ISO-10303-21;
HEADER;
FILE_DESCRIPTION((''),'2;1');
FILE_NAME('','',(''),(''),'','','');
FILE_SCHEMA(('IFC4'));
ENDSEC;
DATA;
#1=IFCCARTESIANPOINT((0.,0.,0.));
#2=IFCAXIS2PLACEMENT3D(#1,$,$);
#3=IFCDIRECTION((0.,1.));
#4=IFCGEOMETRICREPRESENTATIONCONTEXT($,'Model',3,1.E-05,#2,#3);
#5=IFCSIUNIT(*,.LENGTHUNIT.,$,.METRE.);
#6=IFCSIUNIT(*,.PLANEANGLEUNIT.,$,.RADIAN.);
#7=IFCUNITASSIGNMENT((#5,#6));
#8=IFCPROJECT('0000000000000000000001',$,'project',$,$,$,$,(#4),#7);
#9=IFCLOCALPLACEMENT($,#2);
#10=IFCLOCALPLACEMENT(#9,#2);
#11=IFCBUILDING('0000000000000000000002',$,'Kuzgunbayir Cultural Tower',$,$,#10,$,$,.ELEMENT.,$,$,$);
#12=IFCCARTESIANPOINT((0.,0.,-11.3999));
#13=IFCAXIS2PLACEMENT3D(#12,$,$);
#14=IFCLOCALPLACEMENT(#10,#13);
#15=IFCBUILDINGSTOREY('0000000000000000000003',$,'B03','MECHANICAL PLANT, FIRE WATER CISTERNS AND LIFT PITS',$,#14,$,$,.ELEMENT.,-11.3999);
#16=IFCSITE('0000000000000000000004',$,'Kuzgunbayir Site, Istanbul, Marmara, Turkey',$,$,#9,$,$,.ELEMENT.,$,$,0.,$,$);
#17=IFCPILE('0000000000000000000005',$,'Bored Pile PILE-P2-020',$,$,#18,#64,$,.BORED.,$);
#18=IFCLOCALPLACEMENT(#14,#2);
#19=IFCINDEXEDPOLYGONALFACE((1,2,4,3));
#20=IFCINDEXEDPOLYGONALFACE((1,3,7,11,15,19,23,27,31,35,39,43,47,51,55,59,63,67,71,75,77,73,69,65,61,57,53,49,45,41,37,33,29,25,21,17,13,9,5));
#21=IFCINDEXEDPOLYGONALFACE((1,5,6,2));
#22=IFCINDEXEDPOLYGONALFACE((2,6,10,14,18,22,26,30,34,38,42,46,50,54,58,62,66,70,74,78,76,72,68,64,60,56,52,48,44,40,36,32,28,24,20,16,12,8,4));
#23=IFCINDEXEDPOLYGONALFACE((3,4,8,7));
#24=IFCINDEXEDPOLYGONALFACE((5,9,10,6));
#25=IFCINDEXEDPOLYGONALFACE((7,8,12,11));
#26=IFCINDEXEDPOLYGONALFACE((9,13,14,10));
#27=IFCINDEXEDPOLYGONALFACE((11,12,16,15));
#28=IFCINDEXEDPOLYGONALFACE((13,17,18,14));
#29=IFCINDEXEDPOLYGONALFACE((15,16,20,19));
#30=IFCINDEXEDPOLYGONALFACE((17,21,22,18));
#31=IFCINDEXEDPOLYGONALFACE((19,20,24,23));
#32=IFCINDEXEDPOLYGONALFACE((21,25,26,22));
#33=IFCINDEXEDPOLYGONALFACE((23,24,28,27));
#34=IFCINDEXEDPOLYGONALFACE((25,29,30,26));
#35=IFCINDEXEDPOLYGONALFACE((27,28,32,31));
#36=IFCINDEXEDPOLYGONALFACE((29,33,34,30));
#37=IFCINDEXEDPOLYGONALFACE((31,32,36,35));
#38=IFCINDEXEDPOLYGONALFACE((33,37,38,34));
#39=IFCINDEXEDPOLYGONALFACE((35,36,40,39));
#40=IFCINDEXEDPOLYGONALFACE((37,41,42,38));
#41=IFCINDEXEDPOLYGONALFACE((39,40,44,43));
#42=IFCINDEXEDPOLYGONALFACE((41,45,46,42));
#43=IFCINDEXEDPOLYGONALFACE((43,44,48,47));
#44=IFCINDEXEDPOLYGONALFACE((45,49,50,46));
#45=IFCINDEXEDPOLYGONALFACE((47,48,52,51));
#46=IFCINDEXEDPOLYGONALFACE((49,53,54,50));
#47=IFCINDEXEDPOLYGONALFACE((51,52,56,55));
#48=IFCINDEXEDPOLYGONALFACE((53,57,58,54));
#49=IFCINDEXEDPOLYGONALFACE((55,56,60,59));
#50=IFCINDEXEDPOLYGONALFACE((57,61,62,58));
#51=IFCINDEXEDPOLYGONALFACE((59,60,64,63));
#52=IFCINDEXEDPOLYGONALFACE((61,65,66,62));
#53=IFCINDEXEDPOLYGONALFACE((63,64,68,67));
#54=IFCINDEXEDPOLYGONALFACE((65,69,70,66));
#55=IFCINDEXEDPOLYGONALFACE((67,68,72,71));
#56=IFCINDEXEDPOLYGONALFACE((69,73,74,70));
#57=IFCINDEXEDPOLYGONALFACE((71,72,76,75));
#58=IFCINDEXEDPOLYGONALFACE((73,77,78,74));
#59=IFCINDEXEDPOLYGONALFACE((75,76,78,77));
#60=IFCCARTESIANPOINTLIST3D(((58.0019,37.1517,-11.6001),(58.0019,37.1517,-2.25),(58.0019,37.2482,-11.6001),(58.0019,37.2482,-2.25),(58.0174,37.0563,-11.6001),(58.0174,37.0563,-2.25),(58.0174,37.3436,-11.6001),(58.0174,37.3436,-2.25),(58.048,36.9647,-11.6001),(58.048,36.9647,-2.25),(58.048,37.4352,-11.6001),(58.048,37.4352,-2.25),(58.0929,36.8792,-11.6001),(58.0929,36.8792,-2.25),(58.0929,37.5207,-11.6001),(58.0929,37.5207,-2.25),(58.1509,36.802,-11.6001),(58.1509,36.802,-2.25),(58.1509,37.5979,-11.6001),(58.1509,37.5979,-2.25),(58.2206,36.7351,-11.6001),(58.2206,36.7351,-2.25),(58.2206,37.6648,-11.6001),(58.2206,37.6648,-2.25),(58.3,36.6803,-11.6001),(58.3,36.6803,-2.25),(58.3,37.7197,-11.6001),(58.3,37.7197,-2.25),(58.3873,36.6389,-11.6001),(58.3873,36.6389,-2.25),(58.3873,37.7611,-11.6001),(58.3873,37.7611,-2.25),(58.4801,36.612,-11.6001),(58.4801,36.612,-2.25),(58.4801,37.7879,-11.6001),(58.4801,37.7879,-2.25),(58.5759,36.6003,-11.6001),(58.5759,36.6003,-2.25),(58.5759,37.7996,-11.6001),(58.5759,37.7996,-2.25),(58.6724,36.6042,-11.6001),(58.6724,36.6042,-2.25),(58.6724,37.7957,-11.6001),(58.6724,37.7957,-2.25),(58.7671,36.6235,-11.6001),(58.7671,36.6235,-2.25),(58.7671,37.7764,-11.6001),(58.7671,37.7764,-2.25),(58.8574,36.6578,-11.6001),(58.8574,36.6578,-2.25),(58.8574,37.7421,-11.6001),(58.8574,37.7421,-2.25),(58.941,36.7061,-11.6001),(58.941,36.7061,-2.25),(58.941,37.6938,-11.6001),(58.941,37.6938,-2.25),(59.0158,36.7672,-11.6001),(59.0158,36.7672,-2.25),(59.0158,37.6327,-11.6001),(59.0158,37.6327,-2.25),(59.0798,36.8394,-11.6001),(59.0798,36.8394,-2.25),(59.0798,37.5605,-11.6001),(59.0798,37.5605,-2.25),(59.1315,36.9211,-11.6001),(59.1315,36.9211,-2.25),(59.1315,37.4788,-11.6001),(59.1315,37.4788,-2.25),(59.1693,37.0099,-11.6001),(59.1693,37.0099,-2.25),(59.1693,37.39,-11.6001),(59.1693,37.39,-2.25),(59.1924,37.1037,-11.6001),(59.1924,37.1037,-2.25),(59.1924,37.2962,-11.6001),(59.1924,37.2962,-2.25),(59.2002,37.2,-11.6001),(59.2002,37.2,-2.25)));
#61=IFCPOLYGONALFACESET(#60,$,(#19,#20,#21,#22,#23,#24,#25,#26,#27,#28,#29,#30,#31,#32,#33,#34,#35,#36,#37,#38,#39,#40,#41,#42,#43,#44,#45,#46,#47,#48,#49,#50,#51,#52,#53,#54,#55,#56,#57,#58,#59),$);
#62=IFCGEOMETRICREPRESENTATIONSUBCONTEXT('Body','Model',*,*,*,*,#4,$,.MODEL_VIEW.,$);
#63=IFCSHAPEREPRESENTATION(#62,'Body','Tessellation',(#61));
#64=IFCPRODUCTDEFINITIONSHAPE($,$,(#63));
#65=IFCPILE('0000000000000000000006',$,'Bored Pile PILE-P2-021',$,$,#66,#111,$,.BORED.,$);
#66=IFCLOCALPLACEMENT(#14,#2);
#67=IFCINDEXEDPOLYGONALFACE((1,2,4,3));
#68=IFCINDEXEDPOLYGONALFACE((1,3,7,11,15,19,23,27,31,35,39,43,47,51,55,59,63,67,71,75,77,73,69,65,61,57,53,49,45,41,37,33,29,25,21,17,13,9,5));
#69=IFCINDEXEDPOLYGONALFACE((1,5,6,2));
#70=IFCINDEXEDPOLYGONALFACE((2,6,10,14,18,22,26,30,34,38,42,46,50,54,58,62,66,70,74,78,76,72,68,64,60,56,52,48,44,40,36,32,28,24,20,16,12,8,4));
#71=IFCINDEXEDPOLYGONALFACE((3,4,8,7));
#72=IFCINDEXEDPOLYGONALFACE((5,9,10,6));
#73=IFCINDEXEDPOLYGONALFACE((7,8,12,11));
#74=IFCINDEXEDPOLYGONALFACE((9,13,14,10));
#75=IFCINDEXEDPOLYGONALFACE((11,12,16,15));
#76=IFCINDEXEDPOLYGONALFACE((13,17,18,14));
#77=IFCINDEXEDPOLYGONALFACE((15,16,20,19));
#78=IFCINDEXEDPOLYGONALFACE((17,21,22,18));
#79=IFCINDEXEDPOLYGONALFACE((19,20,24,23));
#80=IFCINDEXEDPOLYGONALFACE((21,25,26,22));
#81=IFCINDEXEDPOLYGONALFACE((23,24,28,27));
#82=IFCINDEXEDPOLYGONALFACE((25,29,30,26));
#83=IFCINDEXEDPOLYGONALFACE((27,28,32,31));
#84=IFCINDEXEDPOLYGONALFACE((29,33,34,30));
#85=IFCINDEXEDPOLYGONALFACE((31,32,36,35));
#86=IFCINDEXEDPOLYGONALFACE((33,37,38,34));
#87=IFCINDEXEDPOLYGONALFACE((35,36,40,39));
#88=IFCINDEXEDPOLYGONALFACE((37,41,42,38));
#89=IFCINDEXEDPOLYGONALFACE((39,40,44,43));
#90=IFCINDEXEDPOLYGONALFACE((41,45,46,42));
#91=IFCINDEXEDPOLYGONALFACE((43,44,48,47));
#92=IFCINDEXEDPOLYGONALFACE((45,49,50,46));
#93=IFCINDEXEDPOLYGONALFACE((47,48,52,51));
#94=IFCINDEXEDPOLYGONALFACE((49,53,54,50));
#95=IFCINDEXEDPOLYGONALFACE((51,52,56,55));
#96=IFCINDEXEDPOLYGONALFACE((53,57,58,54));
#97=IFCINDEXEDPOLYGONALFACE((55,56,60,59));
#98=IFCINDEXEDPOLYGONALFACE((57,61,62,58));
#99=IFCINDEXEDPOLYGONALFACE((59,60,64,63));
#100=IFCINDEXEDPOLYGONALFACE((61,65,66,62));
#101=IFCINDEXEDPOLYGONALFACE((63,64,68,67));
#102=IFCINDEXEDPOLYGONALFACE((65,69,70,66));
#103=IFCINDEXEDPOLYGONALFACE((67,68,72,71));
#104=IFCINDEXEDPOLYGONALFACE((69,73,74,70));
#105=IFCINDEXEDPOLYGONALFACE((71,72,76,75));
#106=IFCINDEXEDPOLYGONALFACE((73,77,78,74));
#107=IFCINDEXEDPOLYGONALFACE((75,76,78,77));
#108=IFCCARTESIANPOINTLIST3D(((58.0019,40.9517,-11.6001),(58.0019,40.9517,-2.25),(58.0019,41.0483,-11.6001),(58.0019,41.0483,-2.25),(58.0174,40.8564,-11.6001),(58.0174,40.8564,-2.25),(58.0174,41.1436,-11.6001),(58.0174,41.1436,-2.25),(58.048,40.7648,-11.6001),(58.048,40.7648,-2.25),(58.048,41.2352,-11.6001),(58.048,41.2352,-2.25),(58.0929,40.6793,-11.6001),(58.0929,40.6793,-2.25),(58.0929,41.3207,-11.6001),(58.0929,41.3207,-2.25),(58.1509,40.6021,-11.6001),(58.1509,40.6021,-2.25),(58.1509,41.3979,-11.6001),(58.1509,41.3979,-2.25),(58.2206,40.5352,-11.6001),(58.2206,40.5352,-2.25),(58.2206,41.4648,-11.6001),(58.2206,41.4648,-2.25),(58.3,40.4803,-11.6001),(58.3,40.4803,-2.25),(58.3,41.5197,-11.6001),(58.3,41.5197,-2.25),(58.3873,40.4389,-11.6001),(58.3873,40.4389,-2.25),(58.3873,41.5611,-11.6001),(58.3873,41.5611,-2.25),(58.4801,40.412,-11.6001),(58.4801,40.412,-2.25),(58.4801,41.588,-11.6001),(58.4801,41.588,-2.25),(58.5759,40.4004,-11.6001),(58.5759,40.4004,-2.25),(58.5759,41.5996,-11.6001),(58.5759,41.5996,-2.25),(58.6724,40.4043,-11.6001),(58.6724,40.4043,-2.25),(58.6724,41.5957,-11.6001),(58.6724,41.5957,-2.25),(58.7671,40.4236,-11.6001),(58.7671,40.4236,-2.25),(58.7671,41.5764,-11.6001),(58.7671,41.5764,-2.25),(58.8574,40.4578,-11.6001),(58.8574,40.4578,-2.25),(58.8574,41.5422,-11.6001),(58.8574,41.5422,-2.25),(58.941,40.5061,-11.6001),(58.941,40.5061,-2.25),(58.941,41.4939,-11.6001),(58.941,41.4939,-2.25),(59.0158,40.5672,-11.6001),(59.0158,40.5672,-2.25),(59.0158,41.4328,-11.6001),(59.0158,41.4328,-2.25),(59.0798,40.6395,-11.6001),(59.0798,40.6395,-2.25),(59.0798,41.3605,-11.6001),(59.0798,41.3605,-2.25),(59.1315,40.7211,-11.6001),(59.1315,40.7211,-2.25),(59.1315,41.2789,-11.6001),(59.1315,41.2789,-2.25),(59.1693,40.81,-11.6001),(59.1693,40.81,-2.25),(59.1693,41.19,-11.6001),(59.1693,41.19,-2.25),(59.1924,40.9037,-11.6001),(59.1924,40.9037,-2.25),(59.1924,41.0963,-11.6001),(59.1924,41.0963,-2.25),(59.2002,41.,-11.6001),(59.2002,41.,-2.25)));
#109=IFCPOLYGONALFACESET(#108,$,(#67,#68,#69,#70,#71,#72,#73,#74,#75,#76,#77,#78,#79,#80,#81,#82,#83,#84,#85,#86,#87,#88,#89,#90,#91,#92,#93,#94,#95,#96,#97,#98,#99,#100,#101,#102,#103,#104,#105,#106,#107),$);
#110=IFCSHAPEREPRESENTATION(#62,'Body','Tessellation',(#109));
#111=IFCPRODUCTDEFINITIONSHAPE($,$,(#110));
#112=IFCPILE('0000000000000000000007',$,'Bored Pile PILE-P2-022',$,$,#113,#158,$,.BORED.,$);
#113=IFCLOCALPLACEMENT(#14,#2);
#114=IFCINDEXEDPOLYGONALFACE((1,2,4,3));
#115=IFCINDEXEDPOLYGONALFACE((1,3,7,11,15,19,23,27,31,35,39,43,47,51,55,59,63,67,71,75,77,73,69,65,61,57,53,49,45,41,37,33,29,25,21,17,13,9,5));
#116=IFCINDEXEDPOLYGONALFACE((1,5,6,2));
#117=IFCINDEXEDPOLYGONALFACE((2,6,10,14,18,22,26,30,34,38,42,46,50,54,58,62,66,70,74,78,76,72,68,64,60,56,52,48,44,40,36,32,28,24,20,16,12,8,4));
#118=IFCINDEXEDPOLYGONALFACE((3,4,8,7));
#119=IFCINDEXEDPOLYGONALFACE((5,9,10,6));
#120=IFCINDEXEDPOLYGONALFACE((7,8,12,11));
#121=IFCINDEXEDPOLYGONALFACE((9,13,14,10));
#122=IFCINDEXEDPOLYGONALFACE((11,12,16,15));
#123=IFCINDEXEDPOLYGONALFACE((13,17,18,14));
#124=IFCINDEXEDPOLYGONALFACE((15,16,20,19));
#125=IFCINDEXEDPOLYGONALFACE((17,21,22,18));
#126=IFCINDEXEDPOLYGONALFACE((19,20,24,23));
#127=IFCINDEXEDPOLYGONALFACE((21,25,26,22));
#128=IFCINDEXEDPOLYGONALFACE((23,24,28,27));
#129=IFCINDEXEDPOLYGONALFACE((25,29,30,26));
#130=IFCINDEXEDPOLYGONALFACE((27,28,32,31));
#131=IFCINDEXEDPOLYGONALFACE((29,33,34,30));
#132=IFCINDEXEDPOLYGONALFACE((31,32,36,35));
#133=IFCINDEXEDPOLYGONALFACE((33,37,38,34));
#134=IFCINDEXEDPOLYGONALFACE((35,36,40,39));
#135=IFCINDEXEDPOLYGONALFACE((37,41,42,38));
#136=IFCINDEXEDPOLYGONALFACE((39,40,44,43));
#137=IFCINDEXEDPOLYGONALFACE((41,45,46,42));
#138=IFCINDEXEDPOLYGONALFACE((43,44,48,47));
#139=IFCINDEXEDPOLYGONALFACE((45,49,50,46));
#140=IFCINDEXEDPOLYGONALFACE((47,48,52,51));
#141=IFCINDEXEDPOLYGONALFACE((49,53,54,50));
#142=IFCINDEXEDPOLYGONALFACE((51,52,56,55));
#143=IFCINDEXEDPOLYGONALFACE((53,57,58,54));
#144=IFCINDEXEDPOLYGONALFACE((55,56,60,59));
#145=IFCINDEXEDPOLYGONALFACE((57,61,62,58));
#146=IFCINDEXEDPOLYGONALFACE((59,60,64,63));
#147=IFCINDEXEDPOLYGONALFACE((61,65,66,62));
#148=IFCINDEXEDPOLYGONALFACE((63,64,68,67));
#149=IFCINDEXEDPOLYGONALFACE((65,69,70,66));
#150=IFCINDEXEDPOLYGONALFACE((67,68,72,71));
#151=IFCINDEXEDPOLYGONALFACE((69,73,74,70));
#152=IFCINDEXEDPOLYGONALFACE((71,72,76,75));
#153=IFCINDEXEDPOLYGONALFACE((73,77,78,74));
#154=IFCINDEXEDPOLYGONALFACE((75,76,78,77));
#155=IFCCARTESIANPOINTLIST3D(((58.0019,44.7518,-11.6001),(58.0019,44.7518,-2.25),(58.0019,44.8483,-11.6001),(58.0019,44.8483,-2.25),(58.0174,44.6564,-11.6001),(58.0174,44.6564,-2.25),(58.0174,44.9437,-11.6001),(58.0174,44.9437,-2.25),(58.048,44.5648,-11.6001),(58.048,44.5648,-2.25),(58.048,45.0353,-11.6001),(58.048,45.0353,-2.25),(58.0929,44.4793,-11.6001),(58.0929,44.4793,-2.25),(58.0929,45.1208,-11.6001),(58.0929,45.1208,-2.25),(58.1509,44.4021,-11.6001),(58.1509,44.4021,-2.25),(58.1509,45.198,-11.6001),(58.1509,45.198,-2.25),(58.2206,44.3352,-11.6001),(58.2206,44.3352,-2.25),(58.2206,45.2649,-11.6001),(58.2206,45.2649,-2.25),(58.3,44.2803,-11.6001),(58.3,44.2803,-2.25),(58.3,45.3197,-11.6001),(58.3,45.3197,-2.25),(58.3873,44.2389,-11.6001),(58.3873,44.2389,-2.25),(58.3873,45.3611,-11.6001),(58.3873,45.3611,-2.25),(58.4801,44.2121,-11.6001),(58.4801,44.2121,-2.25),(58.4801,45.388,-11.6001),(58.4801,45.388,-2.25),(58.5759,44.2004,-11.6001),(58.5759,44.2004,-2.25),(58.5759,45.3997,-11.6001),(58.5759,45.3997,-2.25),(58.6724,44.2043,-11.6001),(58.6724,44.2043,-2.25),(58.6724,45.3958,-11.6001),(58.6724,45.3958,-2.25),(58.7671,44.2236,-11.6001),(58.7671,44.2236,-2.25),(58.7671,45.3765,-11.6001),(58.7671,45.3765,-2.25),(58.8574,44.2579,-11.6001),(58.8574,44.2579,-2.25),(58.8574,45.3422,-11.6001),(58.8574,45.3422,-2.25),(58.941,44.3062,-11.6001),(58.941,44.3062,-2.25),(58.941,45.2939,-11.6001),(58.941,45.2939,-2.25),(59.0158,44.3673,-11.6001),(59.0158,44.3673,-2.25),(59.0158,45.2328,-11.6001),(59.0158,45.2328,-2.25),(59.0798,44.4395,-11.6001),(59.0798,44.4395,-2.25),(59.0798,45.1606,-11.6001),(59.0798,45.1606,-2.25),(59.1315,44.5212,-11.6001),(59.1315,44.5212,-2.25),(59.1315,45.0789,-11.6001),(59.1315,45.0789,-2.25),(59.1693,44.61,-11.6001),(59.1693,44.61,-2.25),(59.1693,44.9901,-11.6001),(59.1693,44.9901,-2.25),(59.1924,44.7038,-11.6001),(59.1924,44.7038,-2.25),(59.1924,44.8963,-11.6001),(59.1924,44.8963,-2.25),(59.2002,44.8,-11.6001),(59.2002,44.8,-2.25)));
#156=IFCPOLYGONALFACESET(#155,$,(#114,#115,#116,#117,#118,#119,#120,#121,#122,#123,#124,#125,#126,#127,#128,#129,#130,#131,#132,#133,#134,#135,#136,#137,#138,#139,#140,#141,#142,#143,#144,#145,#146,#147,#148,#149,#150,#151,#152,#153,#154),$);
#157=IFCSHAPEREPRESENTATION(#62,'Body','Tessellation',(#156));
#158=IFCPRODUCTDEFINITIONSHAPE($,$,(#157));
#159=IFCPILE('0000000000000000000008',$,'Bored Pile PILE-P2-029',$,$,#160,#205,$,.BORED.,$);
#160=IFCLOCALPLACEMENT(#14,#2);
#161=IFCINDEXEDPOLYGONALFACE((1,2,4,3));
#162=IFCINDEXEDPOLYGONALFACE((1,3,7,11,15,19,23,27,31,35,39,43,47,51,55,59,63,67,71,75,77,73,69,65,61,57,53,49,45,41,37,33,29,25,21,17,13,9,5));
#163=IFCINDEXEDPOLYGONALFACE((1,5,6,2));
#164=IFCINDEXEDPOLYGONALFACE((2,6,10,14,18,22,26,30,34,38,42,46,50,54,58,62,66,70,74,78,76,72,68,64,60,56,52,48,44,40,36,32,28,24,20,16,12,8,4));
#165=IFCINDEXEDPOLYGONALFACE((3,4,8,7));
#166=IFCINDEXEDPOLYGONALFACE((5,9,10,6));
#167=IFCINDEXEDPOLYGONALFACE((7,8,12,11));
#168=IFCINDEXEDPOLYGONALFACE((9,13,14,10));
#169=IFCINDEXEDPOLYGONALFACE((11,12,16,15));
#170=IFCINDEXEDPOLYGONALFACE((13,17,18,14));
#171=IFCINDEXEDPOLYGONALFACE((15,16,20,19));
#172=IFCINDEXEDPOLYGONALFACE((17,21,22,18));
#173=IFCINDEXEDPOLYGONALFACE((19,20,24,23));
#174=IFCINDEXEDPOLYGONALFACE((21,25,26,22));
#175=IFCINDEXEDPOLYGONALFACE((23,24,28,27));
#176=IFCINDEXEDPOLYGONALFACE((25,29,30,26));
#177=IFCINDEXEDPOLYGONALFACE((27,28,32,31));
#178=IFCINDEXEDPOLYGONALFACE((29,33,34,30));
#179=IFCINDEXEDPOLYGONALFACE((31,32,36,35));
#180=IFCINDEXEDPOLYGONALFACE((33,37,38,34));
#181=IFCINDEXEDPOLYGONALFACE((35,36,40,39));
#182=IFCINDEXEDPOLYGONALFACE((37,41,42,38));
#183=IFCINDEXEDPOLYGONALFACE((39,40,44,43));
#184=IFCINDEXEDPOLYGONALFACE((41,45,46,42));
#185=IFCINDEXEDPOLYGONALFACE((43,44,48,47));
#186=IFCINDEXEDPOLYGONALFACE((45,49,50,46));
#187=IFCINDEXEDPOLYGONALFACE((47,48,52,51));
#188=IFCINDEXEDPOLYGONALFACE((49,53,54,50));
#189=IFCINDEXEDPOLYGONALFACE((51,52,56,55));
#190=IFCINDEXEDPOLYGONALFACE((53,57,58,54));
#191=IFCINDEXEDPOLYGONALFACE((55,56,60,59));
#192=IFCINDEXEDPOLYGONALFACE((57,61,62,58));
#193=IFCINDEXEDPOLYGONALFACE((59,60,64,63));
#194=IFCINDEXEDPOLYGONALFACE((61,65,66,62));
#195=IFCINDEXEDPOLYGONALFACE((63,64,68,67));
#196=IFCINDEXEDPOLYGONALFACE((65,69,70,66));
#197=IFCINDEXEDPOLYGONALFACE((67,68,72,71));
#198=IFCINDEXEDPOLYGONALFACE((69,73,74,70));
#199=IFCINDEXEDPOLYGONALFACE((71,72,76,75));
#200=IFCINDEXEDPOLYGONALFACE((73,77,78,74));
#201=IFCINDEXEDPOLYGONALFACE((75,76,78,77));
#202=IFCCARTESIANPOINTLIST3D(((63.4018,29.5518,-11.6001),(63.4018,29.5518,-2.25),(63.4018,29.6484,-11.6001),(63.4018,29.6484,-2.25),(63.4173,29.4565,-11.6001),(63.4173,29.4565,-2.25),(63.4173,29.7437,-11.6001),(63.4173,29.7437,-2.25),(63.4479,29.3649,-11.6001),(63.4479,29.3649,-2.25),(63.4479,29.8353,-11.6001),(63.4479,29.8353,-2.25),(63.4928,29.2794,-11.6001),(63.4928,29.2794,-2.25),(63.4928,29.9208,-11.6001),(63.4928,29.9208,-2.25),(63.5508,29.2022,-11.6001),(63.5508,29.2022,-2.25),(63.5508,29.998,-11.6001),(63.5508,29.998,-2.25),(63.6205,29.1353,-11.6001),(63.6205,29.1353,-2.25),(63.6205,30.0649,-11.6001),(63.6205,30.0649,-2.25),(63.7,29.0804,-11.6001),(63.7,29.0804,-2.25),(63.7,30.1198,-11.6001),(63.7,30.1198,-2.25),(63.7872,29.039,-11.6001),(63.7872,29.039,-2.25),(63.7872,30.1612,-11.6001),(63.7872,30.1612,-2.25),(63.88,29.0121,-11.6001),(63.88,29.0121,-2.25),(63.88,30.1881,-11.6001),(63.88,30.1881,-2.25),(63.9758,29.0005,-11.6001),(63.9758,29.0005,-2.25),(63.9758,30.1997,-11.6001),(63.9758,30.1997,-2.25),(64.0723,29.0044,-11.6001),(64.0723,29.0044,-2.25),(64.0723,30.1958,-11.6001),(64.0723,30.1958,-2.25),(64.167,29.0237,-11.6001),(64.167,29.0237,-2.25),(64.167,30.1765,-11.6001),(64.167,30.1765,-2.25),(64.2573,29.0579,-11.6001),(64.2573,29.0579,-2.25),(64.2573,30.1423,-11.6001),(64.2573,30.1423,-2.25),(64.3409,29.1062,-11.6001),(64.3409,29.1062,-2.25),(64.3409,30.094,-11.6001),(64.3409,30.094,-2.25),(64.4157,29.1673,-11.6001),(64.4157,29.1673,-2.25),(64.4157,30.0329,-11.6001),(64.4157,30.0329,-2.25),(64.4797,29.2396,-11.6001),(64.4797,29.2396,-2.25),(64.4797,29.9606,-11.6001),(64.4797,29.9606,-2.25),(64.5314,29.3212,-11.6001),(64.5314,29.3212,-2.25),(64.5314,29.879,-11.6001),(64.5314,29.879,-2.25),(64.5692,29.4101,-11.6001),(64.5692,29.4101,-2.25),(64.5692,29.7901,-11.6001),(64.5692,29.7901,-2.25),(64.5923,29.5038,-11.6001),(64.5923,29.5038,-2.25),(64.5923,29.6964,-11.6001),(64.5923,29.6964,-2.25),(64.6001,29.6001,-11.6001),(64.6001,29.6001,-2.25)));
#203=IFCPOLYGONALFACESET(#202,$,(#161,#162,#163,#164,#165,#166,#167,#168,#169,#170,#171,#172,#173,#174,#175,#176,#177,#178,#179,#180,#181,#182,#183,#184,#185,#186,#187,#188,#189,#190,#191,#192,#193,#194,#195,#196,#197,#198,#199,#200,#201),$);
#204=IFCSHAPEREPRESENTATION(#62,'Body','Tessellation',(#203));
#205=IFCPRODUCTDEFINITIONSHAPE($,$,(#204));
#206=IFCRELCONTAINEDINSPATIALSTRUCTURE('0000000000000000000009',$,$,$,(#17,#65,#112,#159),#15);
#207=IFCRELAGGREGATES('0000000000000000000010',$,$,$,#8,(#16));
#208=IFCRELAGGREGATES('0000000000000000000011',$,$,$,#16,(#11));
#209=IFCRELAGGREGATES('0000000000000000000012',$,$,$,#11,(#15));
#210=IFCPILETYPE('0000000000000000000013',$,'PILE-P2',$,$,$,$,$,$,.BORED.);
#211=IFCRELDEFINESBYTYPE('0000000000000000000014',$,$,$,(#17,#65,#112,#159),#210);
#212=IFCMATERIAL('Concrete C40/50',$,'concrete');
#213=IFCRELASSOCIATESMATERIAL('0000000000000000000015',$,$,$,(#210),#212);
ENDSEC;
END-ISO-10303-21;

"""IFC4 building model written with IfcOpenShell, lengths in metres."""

from ifc_helpers import new_model, si_unit, direction, frame, origin, origin_2d, place, context, subcontext, project, spatial, circle, extrude, material, material_profile, profile_set, type_object, element, save


model = new_model("IFC4")

# Units and contexts
model_context = context("Model", 3, precision=1e-05, world=origin(), true_north=direction((0.0, 1.0)))
body_context = subcontext(model_context, "Body", "Model", "MODEL_VIEW")
ifc_project = project(units=[si_unit("LENGTHUNIT", "METRE"), si_unit("PLANEANGLEUNIT", "RADIAN")], contexts=[model_context])

# Site, building, storey
site_placement = place(None, origin())
site = spatial("IfcSite", under=ifc_project, at=site_placement, Name="Kuzgunbayir Site, Istanbul, Marmara, Turkey", CompositionType="ELEMENT", RefElevation=0.0)
building_placement = place(site_placement, origin())
building = spatial("IfcBuilding", under=site, at=building_placement, Name="Kuzgunbayir Cultural Tower", CompositionType="ELEMENT")
storey_placement = place(building_placement, frame((0.0, 0.0, -11.3999)))
storey = spatial("IfcBuildingStorey", under=building, at=storey_placement, Name="B03", Description="MECHANICAL PLANT, FIRE WATER CISTERNS AND LIFT PITS", CompositionType="ELEMENT", Elevation=-11.3999)

# Piles
ifc_material_1 = material(Name="Concrete C40/50", Category="concrete")
ifc_material_profile_1 = material_profile(ifc_material_1, circle(Radius=0.6001, at=origin_2d()), Name="BORED PILE 1200")
ifc_profile_set_1 = profile_set([ifc_material_profile_1], Name="Concrete C40/50")
pile_type_1 = type_object("IfcPileType", Name="PILE-P2", PredefinedType="BORED", material=ifc_profile_set_1)
for number, where, z_axis, x_axis, name in (
    (1, (58.6001, 37.2, -2.25), (0.0, 0.0, -1.0), (1.0, 0.0, 0.0), "Bored Pile PILE-P2-020"),
    (2, (58.6001, 41.0, -2.25), (0.0, 0.0, -1.0), (1.0, 0.0, 0.0), "Bored Pile PILE-P2-021"),
    (3, (58.6001, 44.8, -2.25), (0.0, 0.0, -1.0), (1.0, 0.0, 0.0), "Bored Pile PILE-P2-022"),
    (4, (64.0, 29.6001, -2.25), (0.0, 0.0, -1.0), (1.0, 0.0, 0.0), "Bored Pile PILE-P2-029"),
):
    element("IfcPile", number, at=place(storey_placement, frame(where, z_axis=z_axis, x_axis=x_axis)), inside=storey, type_object=pile_type_1, Name=name, PredefinedType="BORED", context=body_context, shape_type="SweptSolid", body=[
        extrude(circle(Radius=0.6001, at=origin_2d()), origin(), (0.0, 0.0, 1.0), 9.3501),
    ])

save(model, "model.ifc")
